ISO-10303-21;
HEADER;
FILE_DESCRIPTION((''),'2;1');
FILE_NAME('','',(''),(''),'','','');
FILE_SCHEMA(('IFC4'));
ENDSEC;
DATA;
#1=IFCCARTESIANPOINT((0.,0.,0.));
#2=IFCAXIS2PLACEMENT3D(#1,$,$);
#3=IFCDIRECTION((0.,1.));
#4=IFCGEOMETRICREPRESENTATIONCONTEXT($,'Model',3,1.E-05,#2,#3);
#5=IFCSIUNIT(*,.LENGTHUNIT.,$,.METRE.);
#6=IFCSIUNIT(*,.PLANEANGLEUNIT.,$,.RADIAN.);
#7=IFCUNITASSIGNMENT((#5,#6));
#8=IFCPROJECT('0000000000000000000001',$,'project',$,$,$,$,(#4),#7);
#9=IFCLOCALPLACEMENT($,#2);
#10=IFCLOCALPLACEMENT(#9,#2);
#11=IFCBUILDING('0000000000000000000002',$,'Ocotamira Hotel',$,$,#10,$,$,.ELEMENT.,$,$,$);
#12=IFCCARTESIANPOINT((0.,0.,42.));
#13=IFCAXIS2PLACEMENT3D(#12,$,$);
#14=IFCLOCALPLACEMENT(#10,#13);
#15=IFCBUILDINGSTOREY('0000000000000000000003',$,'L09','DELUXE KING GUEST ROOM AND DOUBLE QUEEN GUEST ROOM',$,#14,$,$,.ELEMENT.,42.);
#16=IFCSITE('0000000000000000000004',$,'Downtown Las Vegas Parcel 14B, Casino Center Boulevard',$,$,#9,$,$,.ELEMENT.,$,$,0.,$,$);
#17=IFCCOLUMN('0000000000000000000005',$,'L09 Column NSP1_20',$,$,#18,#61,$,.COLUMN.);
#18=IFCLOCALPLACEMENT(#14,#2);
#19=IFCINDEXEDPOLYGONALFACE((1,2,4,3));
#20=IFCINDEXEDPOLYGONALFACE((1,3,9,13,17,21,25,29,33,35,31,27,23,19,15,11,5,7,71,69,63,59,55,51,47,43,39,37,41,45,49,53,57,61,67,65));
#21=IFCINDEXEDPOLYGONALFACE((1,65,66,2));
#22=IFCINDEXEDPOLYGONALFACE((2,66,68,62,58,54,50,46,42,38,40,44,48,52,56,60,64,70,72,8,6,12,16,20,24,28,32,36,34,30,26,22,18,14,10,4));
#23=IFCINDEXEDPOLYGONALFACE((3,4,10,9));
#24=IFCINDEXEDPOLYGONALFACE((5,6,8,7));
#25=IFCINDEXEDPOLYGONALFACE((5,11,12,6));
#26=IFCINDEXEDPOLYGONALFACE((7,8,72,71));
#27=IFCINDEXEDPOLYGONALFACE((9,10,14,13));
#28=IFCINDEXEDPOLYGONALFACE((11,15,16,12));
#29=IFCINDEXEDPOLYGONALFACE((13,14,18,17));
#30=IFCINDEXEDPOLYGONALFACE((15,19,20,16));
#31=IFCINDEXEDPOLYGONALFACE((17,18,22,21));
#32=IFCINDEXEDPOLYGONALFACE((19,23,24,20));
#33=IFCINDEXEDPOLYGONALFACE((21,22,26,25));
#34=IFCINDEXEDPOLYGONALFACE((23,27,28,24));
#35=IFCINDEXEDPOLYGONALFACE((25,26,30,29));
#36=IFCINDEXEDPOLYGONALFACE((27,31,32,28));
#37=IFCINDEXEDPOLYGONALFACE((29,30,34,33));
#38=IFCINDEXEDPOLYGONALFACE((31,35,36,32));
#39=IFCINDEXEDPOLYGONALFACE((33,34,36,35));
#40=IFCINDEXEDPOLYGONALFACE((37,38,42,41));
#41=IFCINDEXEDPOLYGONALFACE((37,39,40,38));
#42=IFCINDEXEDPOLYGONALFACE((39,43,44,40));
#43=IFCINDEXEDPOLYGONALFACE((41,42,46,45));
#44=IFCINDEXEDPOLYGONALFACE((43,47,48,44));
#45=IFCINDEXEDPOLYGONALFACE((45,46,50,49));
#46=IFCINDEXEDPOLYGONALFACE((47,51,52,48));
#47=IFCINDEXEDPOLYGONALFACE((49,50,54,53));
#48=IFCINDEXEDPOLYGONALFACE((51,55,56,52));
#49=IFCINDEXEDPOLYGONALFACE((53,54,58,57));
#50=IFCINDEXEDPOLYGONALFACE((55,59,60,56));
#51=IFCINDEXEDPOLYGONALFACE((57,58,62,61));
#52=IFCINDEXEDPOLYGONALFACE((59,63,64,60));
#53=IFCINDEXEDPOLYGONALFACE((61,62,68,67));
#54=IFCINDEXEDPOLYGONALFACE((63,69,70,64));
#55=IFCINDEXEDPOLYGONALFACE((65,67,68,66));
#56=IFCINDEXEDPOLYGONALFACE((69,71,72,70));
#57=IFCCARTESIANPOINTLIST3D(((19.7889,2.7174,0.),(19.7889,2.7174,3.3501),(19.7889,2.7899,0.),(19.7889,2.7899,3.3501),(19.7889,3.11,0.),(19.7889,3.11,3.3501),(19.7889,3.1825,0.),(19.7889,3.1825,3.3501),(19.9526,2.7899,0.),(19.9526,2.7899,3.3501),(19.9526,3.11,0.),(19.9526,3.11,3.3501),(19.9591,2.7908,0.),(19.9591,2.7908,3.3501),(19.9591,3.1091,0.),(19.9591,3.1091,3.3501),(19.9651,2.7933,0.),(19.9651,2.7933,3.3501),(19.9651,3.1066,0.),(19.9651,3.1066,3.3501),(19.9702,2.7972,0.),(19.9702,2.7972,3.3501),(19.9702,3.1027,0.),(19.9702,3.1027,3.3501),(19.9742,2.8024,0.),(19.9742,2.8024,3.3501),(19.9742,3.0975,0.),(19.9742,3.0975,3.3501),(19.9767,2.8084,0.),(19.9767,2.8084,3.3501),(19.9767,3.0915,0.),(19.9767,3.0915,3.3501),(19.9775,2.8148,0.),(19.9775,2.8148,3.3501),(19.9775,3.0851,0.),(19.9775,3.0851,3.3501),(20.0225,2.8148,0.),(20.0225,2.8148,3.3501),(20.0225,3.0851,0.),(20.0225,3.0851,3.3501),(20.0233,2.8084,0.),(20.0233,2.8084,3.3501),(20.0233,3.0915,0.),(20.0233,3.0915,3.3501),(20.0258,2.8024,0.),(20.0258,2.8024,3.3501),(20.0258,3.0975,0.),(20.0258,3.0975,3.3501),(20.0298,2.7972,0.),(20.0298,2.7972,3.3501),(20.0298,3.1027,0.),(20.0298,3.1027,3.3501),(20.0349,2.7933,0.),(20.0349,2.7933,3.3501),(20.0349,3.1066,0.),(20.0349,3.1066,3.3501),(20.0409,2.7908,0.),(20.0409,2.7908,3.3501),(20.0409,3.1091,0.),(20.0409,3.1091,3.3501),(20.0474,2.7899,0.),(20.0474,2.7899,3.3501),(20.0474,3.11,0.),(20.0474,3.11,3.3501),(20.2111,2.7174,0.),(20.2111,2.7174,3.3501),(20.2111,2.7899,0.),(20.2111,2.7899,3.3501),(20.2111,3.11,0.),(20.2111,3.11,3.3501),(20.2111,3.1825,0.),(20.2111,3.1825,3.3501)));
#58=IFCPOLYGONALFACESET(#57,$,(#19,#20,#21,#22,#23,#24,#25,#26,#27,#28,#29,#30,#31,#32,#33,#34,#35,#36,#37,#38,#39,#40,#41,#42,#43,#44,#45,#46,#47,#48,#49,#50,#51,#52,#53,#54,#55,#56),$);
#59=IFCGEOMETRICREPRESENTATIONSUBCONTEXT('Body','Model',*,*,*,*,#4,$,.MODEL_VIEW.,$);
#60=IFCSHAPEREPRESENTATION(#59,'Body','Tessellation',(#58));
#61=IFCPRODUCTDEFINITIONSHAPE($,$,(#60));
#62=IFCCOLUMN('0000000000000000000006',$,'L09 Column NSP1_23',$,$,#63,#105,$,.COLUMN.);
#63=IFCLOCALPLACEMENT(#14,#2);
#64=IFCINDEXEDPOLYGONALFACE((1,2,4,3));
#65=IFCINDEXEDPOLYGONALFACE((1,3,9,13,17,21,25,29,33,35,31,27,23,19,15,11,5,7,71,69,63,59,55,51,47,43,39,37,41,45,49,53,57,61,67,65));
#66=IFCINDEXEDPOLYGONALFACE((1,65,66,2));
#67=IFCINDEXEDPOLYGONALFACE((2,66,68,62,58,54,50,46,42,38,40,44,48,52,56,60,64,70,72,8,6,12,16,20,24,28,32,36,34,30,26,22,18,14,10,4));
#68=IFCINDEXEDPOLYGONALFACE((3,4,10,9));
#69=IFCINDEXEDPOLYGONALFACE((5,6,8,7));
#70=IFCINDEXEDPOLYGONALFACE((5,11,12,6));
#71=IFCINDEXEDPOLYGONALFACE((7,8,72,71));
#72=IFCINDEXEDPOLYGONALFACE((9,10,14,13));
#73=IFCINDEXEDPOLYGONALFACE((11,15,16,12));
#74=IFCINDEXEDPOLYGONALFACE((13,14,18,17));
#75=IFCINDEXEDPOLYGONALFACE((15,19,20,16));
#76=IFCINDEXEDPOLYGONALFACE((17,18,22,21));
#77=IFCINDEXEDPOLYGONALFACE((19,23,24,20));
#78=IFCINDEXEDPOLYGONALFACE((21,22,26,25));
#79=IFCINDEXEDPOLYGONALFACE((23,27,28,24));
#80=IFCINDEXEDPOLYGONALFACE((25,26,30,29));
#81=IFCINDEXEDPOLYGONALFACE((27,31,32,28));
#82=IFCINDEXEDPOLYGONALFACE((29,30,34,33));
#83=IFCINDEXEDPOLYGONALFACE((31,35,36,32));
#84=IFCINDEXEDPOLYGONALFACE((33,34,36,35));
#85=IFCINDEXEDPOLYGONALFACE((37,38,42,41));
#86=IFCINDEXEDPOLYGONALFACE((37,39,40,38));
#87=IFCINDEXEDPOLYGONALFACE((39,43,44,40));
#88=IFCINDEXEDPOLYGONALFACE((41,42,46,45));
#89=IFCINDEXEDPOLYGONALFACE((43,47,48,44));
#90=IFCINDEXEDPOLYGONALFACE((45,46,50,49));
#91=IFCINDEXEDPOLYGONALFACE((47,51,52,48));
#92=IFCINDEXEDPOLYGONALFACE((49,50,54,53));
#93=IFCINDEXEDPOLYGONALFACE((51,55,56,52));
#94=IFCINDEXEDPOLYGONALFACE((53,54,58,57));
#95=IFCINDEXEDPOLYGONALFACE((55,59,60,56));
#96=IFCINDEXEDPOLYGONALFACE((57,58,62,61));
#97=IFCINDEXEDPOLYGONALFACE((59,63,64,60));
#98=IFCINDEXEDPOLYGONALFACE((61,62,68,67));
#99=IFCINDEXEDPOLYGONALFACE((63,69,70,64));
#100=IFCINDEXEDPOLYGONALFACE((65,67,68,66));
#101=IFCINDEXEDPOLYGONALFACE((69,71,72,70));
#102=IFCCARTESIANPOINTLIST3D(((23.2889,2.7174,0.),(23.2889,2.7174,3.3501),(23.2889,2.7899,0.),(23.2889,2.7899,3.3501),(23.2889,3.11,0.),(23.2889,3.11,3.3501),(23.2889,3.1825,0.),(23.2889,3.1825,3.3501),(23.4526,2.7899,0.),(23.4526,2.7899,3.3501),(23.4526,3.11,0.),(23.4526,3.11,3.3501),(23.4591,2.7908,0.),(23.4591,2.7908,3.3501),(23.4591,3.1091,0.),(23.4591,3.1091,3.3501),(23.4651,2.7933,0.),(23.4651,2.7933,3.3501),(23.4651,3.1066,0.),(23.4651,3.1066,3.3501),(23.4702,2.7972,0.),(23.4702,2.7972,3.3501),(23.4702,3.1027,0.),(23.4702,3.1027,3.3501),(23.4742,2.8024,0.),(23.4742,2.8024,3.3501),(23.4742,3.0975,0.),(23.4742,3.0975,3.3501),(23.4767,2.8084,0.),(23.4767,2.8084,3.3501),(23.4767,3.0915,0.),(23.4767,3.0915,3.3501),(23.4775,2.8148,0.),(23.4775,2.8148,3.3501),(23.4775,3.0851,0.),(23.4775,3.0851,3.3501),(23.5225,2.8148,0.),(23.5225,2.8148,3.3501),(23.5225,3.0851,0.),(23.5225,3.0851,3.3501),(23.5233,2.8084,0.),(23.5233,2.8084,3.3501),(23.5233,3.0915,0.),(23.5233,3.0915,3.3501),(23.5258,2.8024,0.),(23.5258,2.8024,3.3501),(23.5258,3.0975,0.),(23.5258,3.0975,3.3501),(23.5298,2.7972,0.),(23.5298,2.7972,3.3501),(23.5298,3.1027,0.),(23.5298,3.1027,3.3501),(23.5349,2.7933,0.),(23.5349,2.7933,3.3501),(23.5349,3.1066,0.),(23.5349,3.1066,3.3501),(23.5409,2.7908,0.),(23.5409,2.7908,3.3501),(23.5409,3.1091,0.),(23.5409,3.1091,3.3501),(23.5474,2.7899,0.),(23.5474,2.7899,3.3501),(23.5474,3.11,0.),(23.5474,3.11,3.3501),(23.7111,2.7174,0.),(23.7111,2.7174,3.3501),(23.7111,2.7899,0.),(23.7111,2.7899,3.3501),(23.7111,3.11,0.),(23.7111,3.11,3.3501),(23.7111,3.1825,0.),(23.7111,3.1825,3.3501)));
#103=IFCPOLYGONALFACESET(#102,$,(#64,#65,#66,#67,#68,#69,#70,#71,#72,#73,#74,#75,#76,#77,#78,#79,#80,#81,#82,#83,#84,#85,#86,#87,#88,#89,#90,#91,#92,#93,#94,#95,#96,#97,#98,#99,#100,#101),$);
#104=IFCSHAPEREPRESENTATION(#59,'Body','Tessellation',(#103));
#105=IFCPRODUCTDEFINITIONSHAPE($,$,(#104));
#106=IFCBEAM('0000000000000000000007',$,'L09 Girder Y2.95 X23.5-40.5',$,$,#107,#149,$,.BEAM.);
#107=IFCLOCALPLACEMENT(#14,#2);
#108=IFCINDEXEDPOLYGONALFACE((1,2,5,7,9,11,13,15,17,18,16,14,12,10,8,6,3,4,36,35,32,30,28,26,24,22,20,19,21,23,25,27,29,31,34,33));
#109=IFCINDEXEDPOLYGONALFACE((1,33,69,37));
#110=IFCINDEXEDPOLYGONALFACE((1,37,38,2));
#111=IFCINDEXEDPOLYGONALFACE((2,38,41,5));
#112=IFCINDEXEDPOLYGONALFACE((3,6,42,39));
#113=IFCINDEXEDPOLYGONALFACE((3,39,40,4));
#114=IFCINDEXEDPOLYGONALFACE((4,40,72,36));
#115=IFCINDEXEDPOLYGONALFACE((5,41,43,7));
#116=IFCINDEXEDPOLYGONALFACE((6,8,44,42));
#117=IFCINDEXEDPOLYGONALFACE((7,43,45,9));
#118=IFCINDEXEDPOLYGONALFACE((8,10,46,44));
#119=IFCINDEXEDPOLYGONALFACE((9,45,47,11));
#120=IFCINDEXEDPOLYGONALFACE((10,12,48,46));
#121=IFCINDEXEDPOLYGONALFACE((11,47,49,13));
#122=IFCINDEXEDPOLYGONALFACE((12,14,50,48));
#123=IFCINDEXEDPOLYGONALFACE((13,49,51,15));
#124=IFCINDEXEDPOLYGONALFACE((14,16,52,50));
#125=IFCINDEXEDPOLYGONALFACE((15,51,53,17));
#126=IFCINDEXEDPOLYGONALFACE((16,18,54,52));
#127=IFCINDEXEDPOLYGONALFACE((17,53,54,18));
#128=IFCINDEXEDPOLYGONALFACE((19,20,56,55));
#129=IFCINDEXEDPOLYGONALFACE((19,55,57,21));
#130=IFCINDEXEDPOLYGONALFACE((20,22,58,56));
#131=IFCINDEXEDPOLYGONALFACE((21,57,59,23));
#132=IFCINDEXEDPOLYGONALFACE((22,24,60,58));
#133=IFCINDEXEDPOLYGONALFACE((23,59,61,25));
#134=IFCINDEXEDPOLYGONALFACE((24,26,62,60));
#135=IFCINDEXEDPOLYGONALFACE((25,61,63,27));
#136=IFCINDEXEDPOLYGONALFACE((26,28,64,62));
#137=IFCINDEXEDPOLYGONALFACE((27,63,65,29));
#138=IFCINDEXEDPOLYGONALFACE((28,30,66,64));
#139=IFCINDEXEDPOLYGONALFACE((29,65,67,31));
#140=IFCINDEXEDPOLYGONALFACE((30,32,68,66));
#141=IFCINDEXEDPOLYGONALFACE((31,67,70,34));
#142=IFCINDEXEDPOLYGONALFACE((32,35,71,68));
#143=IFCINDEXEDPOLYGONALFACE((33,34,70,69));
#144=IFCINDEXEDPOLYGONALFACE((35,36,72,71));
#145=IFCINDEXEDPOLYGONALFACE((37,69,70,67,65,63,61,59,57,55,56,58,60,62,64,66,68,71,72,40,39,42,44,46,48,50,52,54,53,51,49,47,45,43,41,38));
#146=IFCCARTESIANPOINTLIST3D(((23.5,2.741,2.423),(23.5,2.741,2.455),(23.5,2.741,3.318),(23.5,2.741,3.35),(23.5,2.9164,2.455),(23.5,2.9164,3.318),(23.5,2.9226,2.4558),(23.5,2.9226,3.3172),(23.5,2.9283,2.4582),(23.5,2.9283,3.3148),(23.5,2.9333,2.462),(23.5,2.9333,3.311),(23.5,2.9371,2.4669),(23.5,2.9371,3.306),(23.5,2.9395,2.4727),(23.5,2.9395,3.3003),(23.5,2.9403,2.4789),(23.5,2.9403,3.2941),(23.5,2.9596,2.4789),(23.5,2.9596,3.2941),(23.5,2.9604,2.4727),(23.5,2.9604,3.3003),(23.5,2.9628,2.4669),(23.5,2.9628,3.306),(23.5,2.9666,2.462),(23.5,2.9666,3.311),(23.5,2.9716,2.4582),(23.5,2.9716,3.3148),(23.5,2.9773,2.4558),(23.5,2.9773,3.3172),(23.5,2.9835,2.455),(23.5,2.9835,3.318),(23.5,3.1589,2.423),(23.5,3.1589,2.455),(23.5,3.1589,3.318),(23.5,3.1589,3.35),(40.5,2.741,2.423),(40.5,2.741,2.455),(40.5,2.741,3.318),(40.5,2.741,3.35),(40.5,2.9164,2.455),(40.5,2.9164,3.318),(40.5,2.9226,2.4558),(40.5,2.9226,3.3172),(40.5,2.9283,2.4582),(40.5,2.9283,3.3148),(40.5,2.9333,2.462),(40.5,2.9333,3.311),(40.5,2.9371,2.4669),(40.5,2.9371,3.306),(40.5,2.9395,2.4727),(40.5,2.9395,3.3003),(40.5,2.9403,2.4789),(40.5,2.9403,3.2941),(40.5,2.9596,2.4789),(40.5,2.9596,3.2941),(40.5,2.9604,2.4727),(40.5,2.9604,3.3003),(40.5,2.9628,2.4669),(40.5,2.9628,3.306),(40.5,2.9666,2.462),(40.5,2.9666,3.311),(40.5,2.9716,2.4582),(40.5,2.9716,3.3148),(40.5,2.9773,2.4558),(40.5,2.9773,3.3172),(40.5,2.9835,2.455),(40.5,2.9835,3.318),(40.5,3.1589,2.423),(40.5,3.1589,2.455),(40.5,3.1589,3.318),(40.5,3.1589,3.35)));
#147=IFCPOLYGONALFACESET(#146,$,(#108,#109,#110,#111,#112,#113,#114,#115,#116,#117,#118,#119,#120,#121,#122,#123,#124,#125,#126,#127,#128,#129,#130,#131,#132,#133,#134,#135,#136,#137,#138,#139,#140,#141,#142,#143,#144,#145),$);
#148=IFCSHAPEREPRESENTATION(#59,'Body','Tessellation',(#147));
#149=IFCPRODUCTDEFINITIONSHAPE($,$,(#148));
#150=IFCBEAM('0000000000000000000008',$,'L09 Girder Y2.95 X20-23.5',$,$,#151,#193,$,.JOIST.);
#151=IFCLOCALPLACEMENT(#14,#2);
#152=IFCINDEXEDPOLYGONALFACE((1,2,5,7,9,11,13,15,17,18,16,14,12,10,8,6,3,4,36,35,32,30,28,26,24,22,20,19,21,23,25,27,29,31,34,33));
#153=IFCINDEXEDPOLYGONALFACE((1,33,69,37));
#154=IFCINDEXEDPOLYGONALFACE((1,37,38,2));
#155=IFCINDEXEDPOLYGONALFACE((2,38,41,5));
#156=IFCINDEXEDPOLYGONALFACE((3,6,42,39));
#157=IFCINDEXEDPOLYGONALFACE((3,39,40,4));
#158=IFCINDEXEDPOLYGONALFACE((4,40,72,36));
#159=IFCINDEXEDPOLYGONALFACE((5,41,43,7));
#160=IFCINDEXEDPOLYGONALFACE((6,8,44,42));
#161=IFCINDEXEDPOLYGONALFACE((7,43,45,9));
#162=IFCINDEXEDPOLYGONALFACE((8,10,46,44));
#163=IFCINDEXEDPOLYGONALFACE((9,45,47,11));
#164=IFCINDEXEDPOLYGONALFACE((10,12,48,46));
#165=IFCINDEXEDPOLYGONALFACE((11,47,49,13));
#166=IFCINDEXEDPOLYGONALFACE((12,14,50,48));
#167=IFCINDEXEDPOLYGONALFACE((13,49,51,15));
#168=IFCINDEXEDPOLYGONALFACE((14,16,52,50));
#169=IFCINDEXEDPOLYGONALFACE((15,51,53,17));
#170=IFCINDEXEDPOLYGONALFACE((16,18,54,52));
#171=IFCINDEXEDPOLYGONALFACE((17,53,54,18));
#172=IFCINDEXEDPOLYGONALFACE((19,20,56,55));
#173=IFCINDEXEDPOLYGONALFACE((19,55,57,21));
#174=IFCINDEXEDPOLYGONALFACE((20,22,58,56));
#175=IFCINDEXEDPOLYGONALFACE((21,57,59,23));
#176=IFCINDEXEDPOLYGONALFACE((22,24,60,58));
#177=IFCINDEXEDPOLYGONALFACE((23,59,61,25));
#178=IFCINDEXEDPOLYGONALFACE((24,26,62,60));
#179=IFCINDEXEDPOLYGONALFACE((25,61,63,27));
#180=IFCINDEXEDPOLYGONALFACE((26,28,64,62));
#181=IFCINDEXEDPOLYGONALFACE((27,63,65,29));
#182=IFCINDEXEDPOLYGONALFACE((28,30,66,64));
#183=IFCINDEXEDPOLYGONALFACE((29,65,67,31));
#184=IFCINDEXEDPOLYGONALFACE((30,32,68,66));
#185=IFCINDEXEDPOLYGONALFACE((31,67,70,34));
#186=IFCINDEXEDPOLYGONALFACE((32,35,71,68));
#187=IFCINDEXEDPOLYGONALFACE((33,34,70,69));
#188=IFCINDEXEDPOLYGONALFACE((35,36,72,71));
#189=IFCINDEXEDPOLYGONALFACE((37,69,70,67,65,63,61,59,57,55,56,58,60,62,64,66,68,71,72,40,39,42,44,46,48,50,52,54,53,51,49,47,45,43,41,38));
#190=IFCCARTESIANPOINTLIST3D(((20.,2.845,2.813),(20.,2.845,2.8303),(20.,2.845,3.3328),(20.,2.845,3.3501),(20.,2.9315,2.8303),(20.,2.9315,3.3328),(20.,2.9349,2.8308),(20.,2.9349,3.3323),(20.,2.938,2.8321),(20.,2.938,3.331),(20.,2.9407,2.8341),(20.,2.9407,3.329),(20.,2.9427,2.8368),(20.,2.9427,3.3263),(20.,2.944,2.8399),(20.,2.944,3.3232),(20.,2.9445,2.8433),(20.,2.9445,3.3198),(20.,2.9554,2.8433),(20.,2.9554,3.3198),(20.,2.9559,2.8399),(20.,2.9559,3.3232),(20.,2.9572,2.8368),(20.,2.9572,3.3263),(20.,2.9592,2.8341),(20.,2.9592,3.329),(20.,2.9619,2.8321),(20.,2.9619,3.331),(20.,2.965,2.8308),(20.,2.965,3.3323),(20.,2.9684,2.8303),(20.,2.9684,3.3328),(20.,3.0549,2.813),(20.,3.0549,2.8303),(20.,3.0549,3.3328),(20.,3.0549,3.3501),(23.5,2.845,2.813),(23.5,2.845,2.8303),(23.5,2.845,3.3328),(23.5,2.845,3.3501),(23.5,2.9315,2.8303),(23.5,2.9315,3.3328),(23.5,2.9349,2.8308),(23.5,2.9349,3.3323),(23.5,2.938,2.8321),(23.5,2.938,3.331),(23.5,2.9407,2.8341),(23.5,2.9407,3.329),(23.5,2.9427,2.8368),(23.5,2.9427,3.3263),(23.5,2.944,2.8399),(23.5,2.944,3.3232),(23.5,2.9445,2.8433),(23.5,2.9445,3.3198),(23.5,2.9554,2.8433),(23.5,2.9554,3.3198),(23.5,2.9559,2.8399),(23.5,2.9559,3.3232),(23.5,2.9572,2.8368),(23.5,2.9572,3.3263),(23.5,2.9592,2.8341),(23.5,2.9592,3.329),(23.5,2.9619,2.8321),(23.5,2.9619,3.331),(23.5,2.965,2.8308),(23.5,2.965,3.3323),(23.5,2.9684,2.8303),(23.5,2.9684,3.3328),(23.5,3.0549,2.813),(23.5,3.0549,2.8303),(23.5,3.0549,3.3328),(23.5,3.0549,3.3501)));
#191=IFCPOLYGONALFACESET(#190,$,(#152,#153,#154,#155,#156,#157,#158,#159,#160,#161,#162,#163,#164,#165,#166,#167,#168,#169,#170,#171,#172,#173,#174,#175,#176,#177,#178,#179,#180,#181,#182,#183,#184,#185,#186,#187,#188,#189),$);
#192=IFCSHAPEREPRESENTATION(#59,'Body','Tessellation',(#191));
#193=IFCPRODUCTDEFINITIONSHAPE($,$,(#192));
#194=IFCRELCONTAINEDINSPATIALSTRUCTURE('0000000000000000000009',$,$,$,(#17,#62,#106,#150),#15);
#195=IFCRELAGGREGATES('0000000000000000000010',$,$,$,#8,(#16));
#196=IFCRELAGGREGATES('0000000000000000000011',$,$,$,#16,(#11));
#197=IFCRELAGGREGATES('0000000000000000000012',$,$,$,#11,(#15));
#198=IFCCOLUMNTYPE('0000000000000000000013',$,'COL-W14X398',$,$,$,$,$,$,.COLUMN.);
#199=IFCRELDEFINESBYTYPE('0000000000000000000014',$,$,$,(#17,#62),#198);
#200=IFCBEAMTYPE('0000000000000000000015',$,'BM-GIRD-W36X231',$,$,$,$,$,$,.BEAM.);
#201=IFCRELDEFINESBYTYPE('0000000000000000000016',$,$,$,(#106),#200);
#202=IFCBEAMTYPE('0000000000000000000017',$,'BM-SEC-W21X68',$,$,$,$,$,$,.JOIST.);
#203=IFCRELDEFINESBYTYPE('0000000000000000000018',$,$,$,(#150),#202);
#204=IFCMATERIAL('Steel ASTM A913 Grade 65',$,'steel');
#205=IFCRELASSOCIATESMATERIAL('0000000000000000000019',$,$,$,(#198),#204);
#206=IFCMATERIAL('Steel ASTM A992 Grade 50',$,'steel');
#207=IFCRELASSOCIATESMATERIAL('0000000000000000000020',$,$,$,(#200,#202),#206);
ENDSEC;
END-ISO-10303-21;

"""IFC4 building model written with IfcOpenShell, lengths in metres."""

from ifc_helpers import new_model, si_unit, direction, frame, origin, origin_2d, place, context, subcontext, project, spatial, i_section, extrude, source, transform, mapped, material, material_profile, profile_set, type_object, element, save


model = new_model("IFC4")

# Units and contexts
model_context = context("Model", 3, precision=1e-05, world=origin(), true_north=direction((0.0, 1.0)))
body_context = subcontext(model_context, "Body", "Model", "MODEL_VIEW")
ifc_project = project(units=[si_unit("LENGTHUNIT", "METRE"), si_unit("PLANEANGLEUNIT", "RADIAN")], contexts=[model_context])

# Site, building, storey
site_placement = place(None, origin())
site = spatial("IfcSite", under=ifc_project, at=site_placement, Name="Downtown Las Vegas Parcel 14B, Casino Center Boulevard", CompositionType="ELEMENT", RefElevation=0.0)
building_placement = place(site_placement, origin())
building = spatial("IfcBuilding", under=site, at=building_placement, Name="Ocotamira Hotel", CompositionType="ELEMENT")
storey_placement = place(building_placement, frame((0.0, 0.0, 42.0)))
storey = spatial("IfcBuildingStorey", under=building, at=storey_placement, Name="L09", Description="DELUXE KING GUEST ROOM AND DOUBLE QUEEN GUEST ROOM", CompositionType="ELEMENT", Elevation=42.0)

# Columns
ifc_material_1 = material(Name="Steel ASTM A913 Grade 65", Category="steel")
ifc_material_profile_1 = material_profile(ifc_material_1, i_section(OverallWidth=0.4221, OverallDepth=0.4651, WebThickness=0.0449, FlangeThickness=0.0725, FilletRadius=0.0249, at=origin_2d()), Name="W14X398")
ifc_profile_set_1 = profile_set([ifc_material_profile_1], Name="Steel ASTM A913 Grade 65")
column_type = type_object("IfcColumnType", Name="COL-W14X398", PredefinedType="COLUMN", material=ifc_profile_set_1)
shared_shape_1 = source(origin(), body_context, "Body", "SweptSolid", [
    extrude(i_section(OverallWidth=0.4221, OverallDepth=0.4651, WebThickness=0.0449, FlangeThickness=0.0725, FilletRadius=0.0249, at=origin_2d()), origin(), (0.0, 0.0, 1.0), 3.3501),
])
for number, where, z_axis, x_axis, name in (
    (1, (20.0, 2.95, 0.0), (0.0, 0.0, 1.0), (1.0, 0.0, 0.0), "L09 Column NSP1_20"),
    (2, (23.5, 2.95, 0.0), (0.0, 0.0, 1.0), (1.0, 0.0, 0.0), "L09 Column NSP1_23"),
):
    element("IfcColumn", number, at=place(storey_placement, frame(where, z_axis=z_axis, x_axis=x_axis)), inside=storey, type_object=column_type, Name=name, PredefinedType="COLUMN", context=body_context, shape_type="MappedRepresentation", body=[
        mapped(shared_shape_1, transform((0.0, 0.0, 0.0), scale=1.0)),
    ])

# Beams
ifc_material_2 = material(Name="Steel ASTM A992 Grade 50", Category="steel")
ifc_material_profile_2 = material_profile(ifc_material_2, i_section(OverallWidth=0.418, OverallDepth=0.927, WebThickness=0.0193, FlangeThickness=0.032, FilletRadius=0.0239, at=origin_2d()), Name="W36X231")
ifc_profile_set_2 = profile_set([ifc_material_profile_2], Name="Steel ASTM A992 Grade 50")
beam_type_1 = type_object("IfcBeamType", Name="BM-GIRD-W36X231", PredefinedType="BEAM", material=ifc_profile_set_2)
shared_shape_2 = source(origin(), body_context, "Body", "SweptSolid", [
    extrude(i_section(OverallWidth=0.418, OverallDepth=0.927, WebThickness=0.0193, FlangeThickness=0.032, FilletRadius=0.0239, at=origin_2d()), origin(), (0.0, 0.0, 1.0), 17.0),
])
beam_1_placement = place(storey_placement, frame((23.5, 2.95, 2.8865), z_axis=(1.0, 0.0, 0.0), x_axis=(0.0, 1.0, 0.0)))
element("IfcBeam", 3, at=beam_1_placement, inside=storey, type_object=beam_type_1, Name="L09 Girder Y2.95 X23.5-40.5", PredefinedType="BEAM", context=body_context, shape_type="MappedRepresentation", body=[
    mapped(shared_shape_2, transform((0.0, 0.0, 0.0), scale=1.0)),
])
ifc_material_profile_3 = material_profile(ifc_material_2, i_section(OverallWidth=0.21, OverallDepth=0.5371, WebThickness=0.011, FlangeThickness=0.0173, FilletRadius=0.0129, at=origin_2d()), Name="W21X68")
ifc_profile_set_3 = profile_set([ifc_material_profile_3], Name="Steel ASTM A992 Grade 50")
beam_type_2 = type_object("IfcBeamType", Name="BM-SEC-W21X68", PredefinedType="JOIST", material=ifc_profile_set_3)
shared_shape_3 = source(origin(), body_context, "Body", "SweptSolid", [
    extrude(i_section(OverallWidth=0.21, OverallDepth=0.5371, WebThickness=0.011, FlangeThickness=0.0173, FilletRadius=0.0129, at=origin_2d()), origin(), (0.0, 0.0, 1.0), 3.5),
])
beam_2_placement = place(storey_placement, frame((20.0, 2.95, 3.0815), z_axis=(1.0, 0.0, 0.0), x_axis=(0.0, 1.0, 0.0)))
element("IfcBeam", 4, at=beam_2_placement, inside=storey, type_object=beam_type_2, Name="L09 Girder Y2.95 X20-23.5", PredefinedType="JOIST", context=body_context, shape_type="MappedRepresentation", body=[
    mapped(shared_shape_3, transform((0.0, 0.0, 0.0), scale=1.0)),
])

save(model, "model.ifc")
